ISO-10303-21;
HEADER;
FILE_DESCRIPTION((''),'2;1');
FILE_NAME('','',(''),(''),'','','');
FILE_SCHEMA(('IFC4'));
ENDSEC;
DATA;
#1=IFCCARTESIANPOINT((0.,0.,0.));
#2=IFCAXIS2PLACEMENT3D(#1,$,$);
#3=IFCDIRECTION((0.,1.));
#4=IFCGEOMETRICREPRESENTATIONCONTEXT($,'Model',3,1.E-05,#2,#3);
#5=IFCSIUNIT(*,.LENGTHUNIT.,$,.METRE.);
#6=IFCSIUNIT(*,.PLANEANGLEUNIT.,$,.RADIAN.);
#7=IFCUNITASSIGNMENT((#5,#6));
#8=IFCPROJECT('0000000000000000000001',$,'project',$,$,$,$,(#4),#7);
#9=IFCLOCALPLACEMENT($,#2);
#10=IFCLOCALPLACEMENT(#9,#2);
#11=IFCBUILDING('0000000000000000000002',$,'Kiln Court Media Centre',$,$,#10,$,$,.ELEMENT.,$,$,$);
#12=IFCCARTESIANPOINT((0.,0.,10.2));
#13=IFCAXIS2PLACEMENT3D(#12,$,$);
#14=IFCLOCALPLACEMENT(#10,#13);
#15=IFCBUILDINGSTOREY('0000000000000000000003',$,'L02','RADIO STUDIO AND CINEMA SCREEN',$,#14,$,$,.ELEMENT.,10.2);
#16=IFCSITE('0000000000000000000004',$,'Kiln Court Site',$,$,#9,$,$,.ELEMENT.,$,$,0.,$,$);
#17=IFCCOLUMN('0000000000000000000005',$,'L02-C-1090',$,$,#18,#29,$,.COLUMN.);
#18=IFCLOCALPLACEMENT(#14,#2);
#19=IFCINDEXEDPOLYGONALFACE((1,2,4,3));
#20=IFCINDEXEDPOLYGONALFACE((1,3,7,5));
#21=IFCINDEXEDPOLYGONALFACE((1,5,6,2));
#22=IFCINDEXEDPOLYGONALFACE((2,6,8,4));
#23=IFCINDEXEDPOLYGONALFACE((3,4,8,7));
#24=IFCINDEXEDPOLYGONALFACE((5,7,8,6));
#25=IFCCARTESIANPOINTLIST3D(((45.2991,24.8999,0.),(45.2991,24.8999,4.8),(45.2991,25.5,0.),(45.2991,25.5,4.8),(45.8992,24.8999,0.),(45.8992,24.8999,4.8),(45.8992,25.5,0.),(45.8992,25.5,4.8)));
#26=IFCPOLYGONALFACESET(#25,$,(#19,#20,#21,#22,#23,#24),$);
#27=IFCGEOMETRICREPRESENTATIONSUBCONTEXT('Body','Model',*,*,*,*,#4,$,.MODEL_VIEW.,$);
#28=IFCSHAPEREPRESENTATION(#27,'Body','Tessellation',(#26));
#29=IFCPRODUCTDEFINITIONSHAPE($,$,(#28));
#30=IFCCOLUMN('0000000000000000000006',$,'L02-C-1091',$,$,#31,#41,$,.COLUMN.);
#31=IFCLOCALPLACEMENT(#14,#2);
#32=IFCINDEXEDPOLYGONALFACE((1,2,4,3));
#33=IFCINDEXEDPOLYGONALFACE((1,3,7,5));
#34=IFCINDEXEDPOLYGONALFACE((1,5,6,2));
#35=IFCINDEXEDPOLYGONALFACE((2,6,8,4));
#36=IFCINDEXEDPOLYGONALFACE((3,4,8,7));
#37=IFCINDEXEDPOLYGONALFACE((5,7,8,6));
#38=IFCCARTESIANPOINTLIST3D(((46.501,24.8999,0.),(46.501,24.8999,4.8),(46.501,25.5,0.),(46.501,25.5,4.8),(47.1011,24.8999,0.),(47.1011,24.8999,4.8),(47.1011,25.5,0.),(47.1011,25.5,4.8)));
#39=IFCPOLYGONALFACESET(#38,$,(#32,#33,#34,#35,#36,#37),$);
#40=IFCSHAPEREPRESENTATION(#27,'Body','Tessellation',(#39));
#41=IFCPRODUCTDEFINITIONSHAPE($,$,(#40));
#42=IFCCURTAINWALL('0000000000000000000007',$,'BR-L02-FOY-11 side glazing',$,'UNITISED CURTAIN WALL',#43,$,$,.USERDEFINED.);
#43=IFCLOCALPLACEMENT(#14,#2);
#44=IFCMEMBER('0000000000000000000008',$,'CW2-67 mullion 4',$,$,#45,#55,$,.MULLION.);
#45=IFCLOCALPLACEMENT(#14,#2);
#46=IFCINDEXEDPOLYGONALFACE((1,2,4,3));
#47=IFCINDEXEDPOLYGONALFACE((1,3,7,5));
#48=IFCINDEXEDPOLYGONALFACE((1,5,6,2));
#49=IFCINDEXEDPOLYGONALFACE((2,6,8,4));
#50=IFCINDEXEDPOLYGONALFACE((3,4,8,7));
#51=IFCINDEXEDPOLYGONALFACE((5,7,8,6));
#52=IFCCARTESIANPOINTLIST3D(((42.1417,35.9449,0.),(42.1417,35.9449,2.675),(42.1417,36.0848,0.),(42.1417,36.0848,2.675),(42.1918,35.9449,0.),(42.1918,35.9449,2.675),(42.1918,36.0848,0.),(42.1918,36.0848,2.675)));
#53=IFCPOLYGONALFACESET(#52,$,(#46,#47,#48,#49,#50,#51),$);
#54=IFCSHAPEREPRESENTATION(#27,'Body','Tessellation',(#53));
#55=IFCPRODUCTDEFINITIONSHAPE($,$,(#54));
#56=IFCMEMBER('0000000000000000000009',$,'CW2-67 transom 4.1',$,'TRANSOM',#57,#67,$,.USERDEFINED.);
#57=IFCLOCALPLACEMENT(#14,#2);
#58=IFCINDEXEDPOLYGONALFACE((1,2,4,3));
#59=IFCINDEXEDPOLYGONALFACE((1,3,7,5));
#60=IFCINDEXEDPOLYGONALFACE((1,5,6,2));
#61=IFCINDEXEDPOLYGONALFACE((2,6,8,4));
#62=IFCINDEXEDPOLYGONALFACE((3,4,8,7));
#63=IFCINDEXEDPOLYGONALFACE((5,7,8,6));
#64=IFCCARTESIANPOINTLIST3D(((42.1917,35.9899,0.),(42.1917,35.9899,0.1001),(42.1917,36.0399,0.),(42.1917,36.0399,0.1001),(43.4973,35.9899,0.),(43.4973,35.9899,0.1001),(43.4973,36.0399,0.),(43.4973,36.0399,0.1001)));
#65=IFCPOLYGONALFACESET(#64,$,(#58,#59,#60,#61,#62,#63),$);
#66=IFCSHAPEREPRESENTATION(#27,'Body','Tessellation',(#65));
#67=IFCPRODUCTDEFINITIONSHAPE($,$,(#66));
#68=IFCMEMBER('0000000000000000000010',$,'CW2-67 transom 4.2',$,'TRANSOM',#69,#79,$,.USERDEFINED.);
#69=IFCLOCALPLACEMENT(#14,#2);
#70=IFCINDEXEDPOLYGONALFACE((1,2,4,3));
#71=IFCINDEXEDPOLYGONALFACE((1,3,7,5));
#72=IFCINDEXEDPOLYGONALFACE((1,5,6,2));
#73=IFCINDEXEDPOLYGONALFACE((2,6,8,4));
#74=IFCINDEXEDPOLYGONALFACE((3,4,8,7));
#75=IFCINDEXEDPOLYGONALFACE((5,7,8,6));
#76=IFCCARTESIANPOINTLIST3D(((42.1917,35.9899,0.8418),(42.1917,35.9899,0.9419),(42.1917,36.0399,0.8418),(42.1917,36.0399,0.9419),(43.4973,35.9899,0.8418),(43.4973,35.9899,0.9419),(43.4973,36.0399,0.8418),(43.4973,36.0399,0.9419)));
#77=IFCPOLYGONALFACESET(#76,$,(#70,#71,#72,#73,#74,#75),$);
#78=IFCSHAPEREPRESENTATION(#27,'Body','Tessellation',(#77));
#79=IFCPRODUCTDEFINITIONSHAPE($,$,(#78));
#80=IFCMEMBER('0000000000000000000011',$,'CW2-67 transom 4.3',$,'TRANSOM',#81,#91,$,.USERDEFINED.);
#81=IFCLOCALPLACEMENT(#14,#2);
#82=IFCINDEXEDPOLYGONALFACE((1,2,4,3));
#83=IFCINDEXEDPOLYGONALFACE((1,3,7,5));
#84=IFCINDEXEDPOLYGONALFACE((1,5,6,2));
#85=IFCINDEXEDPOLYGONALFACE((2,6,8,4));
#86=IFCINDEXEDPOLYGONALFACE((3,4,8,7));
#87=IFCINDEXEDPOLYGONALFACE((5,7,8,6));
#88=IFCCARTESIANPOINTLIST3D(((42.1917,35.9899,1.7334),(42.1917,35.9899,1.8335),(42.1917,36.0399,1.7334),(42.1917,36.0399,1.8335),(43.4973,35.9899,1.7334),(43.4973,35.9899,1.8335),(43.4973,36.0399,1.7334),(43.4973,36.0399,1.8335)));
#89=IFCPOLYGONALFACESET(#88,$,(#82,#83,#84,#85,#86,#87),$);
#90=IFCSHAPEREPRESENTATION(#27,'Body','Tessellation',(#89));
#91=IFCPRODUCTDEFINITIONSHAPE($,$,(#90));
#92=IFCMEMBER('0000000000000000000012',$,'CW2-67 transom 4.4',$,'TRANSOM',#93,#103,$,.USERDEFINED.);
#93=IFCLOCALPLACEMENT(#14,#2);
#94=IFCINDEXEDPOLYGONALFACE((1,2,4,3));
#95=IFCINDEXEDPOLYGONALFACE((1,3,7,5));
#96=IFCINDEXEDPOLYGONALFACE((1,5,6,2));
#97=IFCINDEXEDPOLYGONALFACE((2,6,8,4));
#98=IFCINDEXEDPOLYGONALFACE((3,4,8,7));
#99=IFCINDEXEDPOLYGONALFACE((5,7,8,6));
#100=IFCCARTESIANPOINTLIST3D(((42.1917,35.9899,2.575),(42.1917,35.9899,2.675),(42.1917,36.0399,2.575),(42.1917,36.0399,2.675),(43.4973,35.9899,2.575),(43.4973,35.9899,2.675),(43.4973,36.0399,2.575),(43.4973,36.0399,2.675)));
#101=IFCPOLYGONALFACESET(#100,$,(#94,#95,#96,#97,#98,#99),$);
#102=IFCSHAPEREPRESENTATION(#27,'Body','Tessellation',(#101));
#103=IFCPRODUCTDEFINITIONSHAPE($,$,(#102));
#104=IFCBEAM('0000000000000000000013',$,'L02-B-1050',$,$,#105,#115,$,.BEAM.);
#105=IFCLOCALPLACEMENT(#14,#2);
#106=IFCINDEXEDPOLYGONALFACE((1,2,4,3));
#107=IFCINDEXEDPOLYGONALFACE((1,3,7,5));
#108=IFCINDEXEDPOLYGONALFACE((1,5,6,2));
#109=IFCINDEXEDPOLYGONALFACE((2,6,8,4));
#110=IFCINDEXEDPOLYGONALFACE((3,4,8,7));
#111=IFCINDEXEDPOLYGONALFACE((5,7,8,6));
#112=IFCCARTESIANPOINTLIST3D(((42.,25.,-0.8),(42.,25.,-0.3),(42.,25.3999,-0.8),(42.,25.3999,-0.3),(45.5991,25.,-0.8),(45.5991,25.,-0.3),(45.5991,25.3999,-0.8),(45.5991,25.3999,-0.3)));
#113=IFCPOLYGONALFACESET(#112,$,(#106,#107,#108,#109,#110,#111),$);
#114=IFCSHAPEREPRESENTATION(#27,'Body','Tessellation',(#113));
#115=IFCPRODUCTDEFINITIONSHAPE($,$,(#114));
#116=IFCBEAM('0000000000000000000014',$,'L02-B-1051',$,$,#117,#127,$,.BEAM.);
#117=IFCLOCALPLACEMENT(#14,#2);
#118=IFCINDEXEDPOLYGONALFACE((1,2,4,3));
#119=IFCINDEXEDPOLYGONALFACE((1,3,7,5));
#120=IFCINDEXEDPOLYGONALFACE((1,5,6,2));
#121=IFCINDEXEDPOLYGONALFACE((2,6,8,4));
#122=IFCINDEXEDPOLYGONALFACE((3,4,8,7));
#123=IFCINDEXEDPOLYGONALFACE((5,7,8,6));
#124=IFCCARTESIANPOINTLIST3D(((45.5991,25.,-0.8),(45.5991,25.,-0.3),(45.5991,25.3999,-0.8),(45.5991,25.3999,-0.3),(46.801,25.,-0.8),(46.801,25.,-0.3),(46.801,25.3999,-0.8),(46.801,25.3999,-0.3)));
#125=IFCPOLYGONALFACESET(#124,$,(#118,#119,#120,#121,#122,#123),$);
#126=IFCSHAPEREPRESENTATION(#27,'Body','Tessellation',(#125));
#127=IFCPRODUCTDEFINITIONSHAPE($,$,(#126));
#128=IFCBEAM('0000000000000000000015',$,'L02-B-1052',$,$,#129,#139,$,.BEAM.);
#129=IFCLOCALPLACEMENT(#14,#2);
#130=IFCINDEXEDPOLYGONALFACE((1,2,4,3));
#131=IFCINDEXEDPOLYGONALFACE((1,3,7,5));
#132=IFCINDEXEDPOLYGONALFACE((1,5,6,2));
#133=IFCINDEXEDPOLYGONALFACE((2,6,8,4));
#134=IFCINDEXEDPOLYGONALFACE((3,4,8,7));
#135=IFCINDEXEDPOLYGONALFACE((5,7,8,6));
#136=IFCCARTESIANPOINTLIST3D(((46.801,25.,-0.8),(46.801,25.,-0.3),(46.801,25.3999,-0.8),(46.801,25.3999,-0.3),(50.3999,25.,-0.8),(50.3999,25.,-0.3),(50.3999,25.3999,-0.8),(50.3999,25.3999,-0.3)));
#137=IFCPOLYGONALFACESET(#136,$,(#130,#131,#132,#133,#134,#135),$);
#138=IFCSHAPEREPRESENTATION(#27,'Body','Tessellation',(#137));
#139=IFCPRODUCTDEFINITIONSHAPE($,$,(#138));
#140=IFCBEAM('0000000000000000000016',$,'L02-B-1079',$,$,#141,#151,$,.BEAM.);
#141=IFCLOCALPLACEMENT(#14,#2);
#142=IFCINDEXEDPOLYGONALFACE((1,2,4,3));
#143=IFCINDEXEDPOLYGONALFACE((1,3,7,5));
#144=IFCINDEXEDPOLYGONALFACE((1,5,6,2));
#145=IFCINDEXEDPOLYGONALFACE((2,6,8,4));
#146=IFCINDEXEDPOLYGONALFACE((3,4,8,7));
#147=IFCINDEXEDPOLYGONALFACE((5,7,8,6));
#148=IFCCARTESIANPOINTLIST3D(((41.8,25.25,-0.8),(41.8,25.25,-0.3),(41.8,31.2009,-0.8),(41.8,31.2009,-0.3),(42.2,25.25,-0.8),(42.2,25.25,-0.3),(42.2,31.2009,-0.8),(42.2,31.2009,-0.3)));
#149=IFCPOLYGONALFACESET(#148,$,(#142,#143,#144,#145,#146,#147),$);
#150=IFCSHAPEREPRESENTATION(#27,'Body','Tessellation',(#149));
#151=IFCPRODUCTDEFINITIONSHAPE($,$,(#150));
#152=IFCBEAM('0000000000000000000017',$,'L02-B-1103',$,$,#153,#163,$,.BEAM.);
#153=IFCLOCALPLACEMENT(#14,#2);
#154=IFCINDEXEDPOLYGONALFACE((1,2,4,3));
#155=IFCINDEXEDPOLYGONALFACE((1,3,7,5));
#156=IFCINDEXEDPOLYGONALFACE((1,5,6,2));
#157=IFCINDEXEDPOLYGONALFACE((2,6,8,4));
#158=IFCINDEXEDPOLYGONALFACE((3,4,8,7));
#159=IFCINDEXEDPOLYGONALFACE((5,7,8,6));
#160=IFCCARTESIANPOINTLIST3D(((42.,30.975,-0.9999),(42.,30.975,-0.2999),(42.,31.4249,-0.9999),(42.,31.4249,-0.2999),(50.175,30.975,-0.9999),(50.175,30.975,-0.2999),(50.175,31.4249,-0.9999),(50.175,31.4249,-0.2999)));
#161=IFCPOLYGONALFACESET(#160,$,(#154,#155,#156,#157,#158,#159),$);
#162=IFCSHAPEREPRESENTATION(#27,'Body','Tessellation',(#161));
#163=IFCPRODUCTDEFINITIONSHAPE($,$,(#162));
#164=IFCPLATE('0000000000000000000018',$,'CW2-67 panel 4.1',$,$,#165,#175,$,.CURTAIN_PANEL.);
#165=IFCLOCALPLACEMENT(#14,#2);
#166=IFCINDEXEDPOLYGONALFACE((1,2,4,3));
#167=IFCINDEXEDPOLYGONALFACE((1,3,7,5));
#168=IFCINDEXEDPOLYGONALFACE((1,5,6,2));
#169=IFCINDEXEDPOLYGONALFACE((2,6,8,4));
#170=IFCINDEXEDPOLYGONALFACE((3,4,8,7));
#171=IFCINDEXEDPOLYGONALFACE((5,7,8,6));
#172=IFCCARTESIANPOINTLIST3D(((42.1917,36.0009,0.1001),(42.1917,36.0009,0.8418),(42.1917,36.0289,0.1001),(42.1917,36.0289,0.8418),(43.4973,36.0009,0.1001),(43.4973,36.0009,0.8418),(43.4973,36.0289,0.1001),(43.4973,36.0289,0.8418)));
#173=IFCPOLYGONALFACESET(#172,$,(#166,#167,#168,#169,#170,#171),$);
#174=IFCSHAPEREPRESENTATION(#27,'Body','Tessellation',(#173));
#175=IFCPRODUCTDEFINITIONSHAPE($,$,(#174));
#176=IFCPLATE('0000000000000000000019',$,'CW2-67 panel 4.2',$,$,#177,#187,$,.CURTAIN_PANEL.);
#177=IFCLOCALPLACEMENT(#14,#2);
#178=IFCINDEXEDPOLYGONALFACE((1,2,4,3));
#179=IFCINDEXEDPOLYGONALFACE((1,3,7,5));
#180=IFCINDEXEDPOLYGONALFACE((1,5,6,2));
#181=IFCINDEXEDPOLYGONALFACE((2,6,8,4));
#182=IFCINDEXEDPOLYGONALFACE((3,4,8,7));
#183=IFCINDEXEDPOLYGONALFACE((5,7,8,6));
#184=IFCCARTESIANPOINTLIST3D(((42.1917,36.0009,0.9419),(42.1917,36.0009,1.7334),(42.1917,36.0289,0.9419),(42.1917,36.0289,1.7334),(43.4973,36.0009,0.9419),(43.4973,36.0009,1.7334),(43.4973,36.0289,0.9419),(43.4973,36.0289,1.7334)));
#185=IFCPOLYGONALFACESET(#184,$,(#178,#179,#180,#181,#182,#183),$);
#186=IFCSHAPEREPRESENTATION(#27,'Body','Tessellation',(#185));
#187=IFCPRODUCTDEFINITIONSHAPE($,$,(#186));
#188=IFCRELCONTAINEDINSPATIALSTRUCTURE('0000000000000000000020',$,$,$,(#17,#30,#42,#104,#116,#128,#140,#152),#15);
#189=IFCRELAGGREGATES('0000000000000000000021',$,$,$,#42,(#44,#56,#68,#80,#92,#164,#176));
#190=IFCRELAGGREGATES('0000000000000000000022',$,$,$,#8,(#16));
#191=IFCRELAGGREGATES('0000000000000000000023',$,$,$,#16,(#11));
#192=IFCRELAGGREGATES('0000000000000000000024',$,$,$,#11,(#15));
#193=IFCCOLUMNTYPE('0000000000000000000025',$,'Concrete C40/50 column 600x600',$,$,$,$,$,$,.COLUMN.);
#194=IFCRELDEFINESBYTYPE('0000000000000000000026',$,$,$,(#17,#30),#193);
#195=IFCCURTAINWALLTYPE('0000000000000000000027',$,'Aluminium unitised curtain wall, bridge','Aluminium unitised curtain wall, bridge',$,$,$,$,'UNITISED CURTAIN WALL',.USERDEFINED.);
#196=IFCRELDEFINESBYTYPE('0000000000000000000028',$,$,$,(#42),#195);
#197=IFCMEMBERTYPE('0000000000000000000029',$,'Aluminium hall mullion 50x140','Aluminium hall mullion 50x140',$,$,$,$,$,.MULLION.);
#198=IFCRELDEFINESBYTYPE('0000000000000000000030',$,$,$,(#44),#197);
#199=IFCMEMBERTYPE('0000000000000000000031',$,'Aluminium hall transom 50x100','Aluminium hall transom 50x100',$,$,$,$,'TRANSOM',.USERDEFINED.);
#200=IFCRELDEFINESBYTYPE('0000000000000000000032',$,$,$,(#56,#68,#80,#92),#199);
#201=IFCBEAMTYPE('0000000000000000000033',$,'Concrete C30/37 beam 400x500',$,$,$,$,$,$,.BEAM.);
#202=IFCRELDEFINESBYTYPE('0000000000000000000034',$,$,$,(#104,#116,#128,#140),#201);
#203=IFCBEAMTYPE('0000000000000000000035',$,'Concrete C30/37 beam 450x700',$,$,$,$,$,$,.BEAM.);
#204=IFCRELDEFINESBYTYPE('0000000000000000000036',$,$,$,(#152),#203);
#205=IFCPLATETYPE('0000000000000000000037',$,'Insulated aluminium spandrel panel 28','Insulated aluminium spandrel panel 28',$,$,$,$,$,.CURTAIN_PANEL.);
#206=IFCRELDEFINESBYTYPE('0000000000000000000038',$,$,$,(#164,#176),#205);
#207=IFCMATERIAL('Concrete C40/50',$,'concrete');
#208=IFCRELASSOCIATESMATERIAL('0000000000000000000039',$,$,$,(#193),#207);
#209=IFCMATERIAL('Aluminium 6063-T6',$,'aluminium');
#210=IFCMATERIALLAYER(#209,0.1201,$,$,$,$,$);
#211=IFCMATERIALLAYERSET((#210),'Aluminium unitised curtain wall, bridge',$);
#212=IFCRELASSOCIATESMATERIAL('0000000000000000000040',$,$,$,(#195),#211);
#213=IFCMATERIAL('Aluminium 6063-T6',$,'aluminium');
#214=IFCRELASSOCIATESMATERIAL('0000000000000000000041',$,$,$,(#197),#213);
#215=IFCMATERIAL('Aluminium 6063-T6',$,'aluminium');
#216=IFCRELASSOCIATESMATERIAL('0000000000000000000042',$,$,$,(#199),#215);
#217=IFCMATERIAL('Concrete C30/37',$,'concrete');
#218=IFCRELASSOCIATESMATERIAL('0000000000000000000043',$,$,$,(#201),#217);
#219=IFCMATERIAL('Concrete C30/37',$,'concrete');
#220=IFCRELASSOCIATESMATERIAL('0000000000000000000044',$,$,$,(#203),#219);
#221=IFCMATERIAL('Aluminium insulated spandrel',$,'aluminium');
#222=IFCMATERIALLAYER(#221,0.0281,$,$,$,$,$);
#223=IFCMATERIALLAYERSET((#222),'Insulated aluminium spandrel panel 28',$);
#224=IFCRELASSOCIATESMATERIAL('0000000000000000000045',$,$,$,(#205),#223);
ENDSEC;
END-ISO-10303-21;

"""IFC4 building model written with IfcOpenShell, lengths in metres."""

from ifc_helpers import new_model, si_unit, direction, frame, origin, origin_2d, place, context, subcontext, project, spatial, rectangle, extrude, material, layer, layer_set, material_profile, profile_set, type_object, element, aggregate, save


model = new_model("IFC4")

# Units and contexts
model_context = context("Model", 3, precision=1e-05, world=origin(), true_north=direction((0.0, 1.0)))
body_context = subcontext(model_context, "Body", "Model", "MODEL_VIEW")
ifc_project = project(units=[si_unit("LENGTHUNIT", "METRE"), si_unit("PLANEANGLEUNIT", "RADIAN")], contexts=[model_context])

# Site, building, storey
site_placement = place(None, origin())
site = spatial("IfcSite", under=ifc_project, at=site_placement, Name="Kiln Court Site", CompositionType="ELEMENT", RefElevation=0.0)
building_placement = place(site_placement, origin())
building = spatial("IfcBuilding", under=site, at=building_placement, Name="Kiln Court Media Centre", CompositionType="ELEMENT")
storey_placement = place(building_placement, frame((0.0, 0.0, 10.2)))
storey = spatial("IfcBuildingStorey", under=building, at=storey_placement, Name="L02", Description="RADIO STUDIO AND CINEMA SCREEN", CompositionType="ELEMENT", Elevation=10.2)

# Columns
ifc_material_1 = material(Name="Concrete C40/50", Category="concrete")
ifc_material_profile_1 = material_profile(ifc_material_1, rectangle(XDim=0.6001, YDim=0.6001, at=origin_2d()), Name="RC 600x600")
ifc_profile_set_1 = profile_set([ifc_material_profile_1], Name="Concrete C40/50")
column_type = type_object("IfcColumnType", Name="Concrete C40/50 column 600x600", PredefinedType="COLUMN", material=ifc_profile_set_1)
for number, where, z_axis, x_axis, name in (
    (1, (45.5991, 25.2, 0.0), (0.0, 0.0, 1.0), (1.0, 0.0, 0.0), "L02-C-1090"),
    (2, (46.801, 25.2, 0.0), (0.0, 0.0, 1.0), (1.0, 0.0, 0.0), "L02-C-1091"),
):
    element("IfcColumn", number, at=place(storey_placement, frame(where, z_axis=z_axis, x_axis=x_axis)), inside=storey, type_object=column_type, Name=name, PredefinedType="COLUMN", context=body_context, shape_type="SweptSolid", body=[
        extrude(rectangle(XDim=0.6001, YDim=0.6001, at=origin_2d()), origin(), (0.0, 0.0, 1.0), 4.8),
    ])

# Curtain wall, members
ifc_material_2 = material(Name="Aluminium 6063-T6", Category="aluminium")
ifc_layer_1 = layer(ifc_material_2, 0.1201)
ifc_layer_set_1 = layer_set([ifc_layer_1], Name="Aluminium unitised curtain wall, bridge")
curtain_wall_type = type_object("IfcCurtainWallType", Name="Aluminium unitised curtain wall, bridge", Description="Aluminium unitised curtain wall, bridge", ElementType="UNITISED CURTAIN WALL", PredefinedType="USERDEFINED", material=ifc_layer_set_1)
curtain_wall_placement = place(storey_placement, origin())
curtain_wall = element("IfcCurtainWall", 3, at=curtain_wall_placement, inside=storey, type_object=curtain_wall_type, Name="BR-L02-FOY-11 side glazing", ObjectType="UNITISED CURTAIN WALL", PredefinedType="USERDEFINED")
ifc_material_3 = material(Name="Aluminium 6063-T6", Category="aluminium")
ifc_material_profile_2 = material_profile(ifc_material_3, rectangle(XDim=0.05, YDim=0.1399, at=origin_2d()), Name="Aluminium hall mullion 50x140")
ifc_profile_set_2 = profile_set([ifc_material_profile_2], Name="Aluminium 6063-T6")
member_type_1 = type_object("IfcMemberType", Name="Aluminium hall mullion 50x140", Description="Aluminium hall mullion 50x140", PredefinedType="MULLION", material=ifc_profile_set_2)
member_1_placement = place(storey_placement, frame((42.1667, 36.0149, 0.0), z_axis=(0.0, 0.0, 1.0), x_axis=(1.0, 0.0, 0.0)))
member_1 = element("IfcMember", 4, at=member_1_placement, type_object=member_type_1, Name="CW2-67 mullion 4", PredefinedType="MULLION", context=body_context, shape_type="SweptSolid", body=[
    extrude(rectangle(XDim=0.05, YDim=0.1399, at=origin_2d()), origin(), (0.0, 0.0, 1.0), 2.675),
])
ifc_material_4 = material(Name="Aluminium 6063-T6", Category="aluminium")
ifc_material_profile_3 = material_profile(ifc_material_4, rectangle(XDim=0.05, YDim=0.1001, at=origin_2d()), Name="Aluminium hall transom 50x100")
ifc_profile_set_3 = profile_set([ifc_material_profile_3], Name="Aluminium 6063-T6")
member_type_2 = type_object("IfcMemberType", Name="Aluminium hall transom 50x100", Description="Aluminium hall transom 50x100", ElementType="TRANSOM", PredefinedType="USERDEFINED", material=ifc_profile_set_3)
member_2_placement = place(storey_placement, frame((42.1917, 36.0149, 0.05), z_axis=(1.0, 0.0, 0.0), x_axis=(0.0, 1.0, 0.0)))
member_2 = element("IfcMember", 5, at=member_2_placement, type_object=member_type_2, Name="CW2-67 transom 4.1", ObjectType="TRANSOM", PredefinedType="USERDEFINED", context=body_context, shape_type="SweptSolid", body=[
    extrude(rectangle(XDim=0.05, YDim=0.1001, at=origin_2d()), origin(), (0.0, 0.0, 1.0), 1.3057),
])
member_3_placement = place(storey_placement, frame((42.1917, 36.0149, 0.8918), z_axis=(1.0, 0.0, 0.0), x_axis=(0.0, 1.0, 0.0)))
member_3 = element("IfcMember", 6, at=member_3_placement, type_object=member_type_2, Name="CW2-67 transom 4.2", ObjectType="TRANSOM", PredefinedType="USERDEFINED", context=body_context, shape_type="SweptSolid", body=[
    extrude(rectangle(XDim=0.05, YDim=0.1001, at=origin_2d()), origin(), (0.0, 0.0, 1.0), 1.3057),
])
member_4_placement = place(storey_placement, frame((42.1917, 36.0149, 1.7834), z_axis=(1.0, 0.0, 0.0), x_axis=(0.0, 1.0, 0.0)))
member_4 = element("IfcMember", 7, at=member_4_placement, type_object=member_type_2, Name="CW2-67 transom 4.3", ObjectType="TRANSOM", PredefinedType="USERDEFINED", context=body_context, shape_type="SweptSolid", body=[
    extrude(rectangle(XDim=0.05, YDim=0.1001, at=origin_2d()), origin(), (0.0, 0.0, 1.0), 1.3057),
])
member_5_placement = place(storey_placement, frame((42.1917, 36.0149, 2.625), z_axis=(1.0, 0.0, 0.0), x_axis=(0.0, 1.0, 0.0)))
member_5 = element("IfcMember", 8, at=member_5_placement, type_object=member_type_2, Name="CW2-67 transom 4.4", ObjectType="TRANSOM", PredefinedType="USERDEFINED", context=body_context, shape_type="SweptSolid", body=[
    extrude(rectangle(XDim=0.05, YDim=0.1001, at=origin_2d()), origin(), (0.0, 0.0, 1.0), 1.3057),
])

# Beams
ifc_material_5 = material(Name="Concrete C30/37", Category="concrete")
ifc_material_profile_4 = material_profile(ifc_material_5, rectangle(XDim=0.3999, YDim=0.5, at=origin_2d()), Name="RC 400x500")
ifc_profile_set_4 = profile_set([ifc_material_profile_4], Name="Concrete C30/37")
beam_type_1 = type_object("IfcBeamType", Name="Concrete C30/37 beam 400x500", PredefinedType="BEAM", material=ifc_profile_set_4)
beam_1_placement = place(storey_placement, frame((42.0, 25.2, -0.55), z_axis=(1.0, 0.0, 0.0), x_axis=(0.0, 1.0, 0.0)))
element("IfcBeam", 9, at=beam_1_placement, inside=storey, type_object=beam_type_1, Name="L02-B-1050", PredefinedType="BEAM", context=body_context, shape_type="SweptSolid", body=[
    extrude(rectangle(XDim=0.3999, YDim=0.5, at=origin_2d()), origin(), (0.0, 0.0, 1.0), 3.5991),
])
beam_2_placement = place(storey_placement, frame((45.5991, 25.2, -0.55), z_axis=(1.0, 0.0, 0.0), x_axis=(0.0, 1.0, 0.0)))
element("IfcBeam", 10, at=beam_2_placement, inside=storey, type_object=beam_type_1, Name="L02-B-1051", PredefinedType="BEAM", context=body_context, shape_type="SweptSolid", body=[
    extrude(rectangle(XDim=0.3999, YDim=0.5, at=origin_2d()), origin(), (0.0, 0.0, 1.0), 1.2019),
])
beam_3_placement = place(storey_placement, frame((46.801, 25.2, -0.55), z_axis=(1.0, 0.0, 0.0), x_axis=(0.0, 1.0, 0.0)))
element("IfcBeam", 11, at=beam_3_placement, inside=storey, type_object=beam_type_1, Name="L02-B-1052", PredefinedType="BEAM", context=body_context, shape_type="SweptSolid", body=[
    extrude(rectangle(XDim=0.3999, YDim=0.5, at=origin_2d()), origin(), (0.0, 0.0, 1.0), 3.5989),
])
beam_4_placement = place(storey_placement, frame((42.0, 25.25, -0.55), z_axis=(0.0, 1.0, 0.0), x_axis=(-1.0, 0.0, 0.0)))
element("IfcBeam", 12, at=beam_4_placement, inside=storey, type_object=beam_type_1, Name="L02-B-1079", PredefinedType="BEAM", context=body_context, shape_type="SweptSolid", body=[
    extrude(rectangle(XDim=0.3999, YDim=0.5, at=origin_2d()), origin(), (0.0, 0.0, 1.0), 5.9509),
])
ifc_material_6 = material(Name="Concrete C30/37", Category="concrete")
ifc_material_profile_5 = material_profile(ifc_material_6, rectangle(XDim=0.45, YDim=0.7, at=origin_2d()), Name="RC 450x700")
ifc_profile_set_5 = profile_set([ifc_material_profile_5], Name="Concrete C30/37")
beam_type_2 = type_object("IfcBeamType", Name="Concrete C30/37 beam 450x700", PredefinedType="BEAM", material=ifc_profile_set_5)
beam_5_placement = place(storey_placement, frame((42.0, 31.2, -0.6499), z_axis=(1.0, 0.0, 0.0), x_axis=(0.0, 1.0, 0.0)))
element("IfcBeam", 13, at=beam_5_placement, inside=storey, type_object=beam_type_2, Name="L02-B-1103", PredefinedType="BEAM", context=body_context, shape_type="SweptSolid", body=[
    extrude(rectangle(XDim=0.45, YDim=0.7, at=origin_2d()), origin(), (0.0, 0.0, 1.0), 8.175),
])

# Plates
ifc_material_7 = material(Name="Aluminium insulated spandrel", Category="aluminium")
ifc_layer_2 = layer(ifc_material_7, 0.0281)
ifc_layer_set_2 = layer_set([ifc_layer_2], Name="Insulated aluminium spandrel panel 28")
plate_type = type_object("IfcPlateType", Name="Insulated aluminium spandrel panel 28", Description="Insulated aluminium spandrel panel 28", PredefinedType="CURTAIN_PANEL", material=ifc_layer_set_2)
plate_1_placement = place(storey_placement, frame((42.8445, 36.0149, 0.1001), z_axis=(0.0, 0.0, 1.0), x_axis=(1.0, 0.0, 0.0)))
plate_1 = element("IfcPlate", 14, at=plate_1_placement, type_object=plate_type, Name="CW2-67 panel 4.1", PredefinedType="CURTAIN_PANEL", context=body_context, shape_type="SweptSolid", body=[
    extrude(rectangle(XDim=1.3057, YDim=0.0281, at=origin_2d()), origin(), (0.0, 0.0, 1.0), 0.7417),
])
plate_2_placement = place(storey_placement, frame((42.8445, 36.0149, 0.9419), z_axis=(0.0, 0.0, 1.0), x_axis=(1.0, 0.0, 0.0)))
plate_2 = element("IfcPlate", 15, at=plate_2_placement, type_object=plate_type, Name="CW2-67 panel 4.2", PredefinedType="CURTAIN_PANEL", context=body_context, shape_type="SweptSolid", body=[
    extrude(rectangle(XDim=1.3057, YDim=0.0281, at=origin_2d()), origin(), (0.0, 0.0, 1.0), 0.7915),
])
aggregate(curtain_wall, [member_1, member_2, member_3, member_4, member_5, plate_1, plate_2])

save(model, "model.ifc")
